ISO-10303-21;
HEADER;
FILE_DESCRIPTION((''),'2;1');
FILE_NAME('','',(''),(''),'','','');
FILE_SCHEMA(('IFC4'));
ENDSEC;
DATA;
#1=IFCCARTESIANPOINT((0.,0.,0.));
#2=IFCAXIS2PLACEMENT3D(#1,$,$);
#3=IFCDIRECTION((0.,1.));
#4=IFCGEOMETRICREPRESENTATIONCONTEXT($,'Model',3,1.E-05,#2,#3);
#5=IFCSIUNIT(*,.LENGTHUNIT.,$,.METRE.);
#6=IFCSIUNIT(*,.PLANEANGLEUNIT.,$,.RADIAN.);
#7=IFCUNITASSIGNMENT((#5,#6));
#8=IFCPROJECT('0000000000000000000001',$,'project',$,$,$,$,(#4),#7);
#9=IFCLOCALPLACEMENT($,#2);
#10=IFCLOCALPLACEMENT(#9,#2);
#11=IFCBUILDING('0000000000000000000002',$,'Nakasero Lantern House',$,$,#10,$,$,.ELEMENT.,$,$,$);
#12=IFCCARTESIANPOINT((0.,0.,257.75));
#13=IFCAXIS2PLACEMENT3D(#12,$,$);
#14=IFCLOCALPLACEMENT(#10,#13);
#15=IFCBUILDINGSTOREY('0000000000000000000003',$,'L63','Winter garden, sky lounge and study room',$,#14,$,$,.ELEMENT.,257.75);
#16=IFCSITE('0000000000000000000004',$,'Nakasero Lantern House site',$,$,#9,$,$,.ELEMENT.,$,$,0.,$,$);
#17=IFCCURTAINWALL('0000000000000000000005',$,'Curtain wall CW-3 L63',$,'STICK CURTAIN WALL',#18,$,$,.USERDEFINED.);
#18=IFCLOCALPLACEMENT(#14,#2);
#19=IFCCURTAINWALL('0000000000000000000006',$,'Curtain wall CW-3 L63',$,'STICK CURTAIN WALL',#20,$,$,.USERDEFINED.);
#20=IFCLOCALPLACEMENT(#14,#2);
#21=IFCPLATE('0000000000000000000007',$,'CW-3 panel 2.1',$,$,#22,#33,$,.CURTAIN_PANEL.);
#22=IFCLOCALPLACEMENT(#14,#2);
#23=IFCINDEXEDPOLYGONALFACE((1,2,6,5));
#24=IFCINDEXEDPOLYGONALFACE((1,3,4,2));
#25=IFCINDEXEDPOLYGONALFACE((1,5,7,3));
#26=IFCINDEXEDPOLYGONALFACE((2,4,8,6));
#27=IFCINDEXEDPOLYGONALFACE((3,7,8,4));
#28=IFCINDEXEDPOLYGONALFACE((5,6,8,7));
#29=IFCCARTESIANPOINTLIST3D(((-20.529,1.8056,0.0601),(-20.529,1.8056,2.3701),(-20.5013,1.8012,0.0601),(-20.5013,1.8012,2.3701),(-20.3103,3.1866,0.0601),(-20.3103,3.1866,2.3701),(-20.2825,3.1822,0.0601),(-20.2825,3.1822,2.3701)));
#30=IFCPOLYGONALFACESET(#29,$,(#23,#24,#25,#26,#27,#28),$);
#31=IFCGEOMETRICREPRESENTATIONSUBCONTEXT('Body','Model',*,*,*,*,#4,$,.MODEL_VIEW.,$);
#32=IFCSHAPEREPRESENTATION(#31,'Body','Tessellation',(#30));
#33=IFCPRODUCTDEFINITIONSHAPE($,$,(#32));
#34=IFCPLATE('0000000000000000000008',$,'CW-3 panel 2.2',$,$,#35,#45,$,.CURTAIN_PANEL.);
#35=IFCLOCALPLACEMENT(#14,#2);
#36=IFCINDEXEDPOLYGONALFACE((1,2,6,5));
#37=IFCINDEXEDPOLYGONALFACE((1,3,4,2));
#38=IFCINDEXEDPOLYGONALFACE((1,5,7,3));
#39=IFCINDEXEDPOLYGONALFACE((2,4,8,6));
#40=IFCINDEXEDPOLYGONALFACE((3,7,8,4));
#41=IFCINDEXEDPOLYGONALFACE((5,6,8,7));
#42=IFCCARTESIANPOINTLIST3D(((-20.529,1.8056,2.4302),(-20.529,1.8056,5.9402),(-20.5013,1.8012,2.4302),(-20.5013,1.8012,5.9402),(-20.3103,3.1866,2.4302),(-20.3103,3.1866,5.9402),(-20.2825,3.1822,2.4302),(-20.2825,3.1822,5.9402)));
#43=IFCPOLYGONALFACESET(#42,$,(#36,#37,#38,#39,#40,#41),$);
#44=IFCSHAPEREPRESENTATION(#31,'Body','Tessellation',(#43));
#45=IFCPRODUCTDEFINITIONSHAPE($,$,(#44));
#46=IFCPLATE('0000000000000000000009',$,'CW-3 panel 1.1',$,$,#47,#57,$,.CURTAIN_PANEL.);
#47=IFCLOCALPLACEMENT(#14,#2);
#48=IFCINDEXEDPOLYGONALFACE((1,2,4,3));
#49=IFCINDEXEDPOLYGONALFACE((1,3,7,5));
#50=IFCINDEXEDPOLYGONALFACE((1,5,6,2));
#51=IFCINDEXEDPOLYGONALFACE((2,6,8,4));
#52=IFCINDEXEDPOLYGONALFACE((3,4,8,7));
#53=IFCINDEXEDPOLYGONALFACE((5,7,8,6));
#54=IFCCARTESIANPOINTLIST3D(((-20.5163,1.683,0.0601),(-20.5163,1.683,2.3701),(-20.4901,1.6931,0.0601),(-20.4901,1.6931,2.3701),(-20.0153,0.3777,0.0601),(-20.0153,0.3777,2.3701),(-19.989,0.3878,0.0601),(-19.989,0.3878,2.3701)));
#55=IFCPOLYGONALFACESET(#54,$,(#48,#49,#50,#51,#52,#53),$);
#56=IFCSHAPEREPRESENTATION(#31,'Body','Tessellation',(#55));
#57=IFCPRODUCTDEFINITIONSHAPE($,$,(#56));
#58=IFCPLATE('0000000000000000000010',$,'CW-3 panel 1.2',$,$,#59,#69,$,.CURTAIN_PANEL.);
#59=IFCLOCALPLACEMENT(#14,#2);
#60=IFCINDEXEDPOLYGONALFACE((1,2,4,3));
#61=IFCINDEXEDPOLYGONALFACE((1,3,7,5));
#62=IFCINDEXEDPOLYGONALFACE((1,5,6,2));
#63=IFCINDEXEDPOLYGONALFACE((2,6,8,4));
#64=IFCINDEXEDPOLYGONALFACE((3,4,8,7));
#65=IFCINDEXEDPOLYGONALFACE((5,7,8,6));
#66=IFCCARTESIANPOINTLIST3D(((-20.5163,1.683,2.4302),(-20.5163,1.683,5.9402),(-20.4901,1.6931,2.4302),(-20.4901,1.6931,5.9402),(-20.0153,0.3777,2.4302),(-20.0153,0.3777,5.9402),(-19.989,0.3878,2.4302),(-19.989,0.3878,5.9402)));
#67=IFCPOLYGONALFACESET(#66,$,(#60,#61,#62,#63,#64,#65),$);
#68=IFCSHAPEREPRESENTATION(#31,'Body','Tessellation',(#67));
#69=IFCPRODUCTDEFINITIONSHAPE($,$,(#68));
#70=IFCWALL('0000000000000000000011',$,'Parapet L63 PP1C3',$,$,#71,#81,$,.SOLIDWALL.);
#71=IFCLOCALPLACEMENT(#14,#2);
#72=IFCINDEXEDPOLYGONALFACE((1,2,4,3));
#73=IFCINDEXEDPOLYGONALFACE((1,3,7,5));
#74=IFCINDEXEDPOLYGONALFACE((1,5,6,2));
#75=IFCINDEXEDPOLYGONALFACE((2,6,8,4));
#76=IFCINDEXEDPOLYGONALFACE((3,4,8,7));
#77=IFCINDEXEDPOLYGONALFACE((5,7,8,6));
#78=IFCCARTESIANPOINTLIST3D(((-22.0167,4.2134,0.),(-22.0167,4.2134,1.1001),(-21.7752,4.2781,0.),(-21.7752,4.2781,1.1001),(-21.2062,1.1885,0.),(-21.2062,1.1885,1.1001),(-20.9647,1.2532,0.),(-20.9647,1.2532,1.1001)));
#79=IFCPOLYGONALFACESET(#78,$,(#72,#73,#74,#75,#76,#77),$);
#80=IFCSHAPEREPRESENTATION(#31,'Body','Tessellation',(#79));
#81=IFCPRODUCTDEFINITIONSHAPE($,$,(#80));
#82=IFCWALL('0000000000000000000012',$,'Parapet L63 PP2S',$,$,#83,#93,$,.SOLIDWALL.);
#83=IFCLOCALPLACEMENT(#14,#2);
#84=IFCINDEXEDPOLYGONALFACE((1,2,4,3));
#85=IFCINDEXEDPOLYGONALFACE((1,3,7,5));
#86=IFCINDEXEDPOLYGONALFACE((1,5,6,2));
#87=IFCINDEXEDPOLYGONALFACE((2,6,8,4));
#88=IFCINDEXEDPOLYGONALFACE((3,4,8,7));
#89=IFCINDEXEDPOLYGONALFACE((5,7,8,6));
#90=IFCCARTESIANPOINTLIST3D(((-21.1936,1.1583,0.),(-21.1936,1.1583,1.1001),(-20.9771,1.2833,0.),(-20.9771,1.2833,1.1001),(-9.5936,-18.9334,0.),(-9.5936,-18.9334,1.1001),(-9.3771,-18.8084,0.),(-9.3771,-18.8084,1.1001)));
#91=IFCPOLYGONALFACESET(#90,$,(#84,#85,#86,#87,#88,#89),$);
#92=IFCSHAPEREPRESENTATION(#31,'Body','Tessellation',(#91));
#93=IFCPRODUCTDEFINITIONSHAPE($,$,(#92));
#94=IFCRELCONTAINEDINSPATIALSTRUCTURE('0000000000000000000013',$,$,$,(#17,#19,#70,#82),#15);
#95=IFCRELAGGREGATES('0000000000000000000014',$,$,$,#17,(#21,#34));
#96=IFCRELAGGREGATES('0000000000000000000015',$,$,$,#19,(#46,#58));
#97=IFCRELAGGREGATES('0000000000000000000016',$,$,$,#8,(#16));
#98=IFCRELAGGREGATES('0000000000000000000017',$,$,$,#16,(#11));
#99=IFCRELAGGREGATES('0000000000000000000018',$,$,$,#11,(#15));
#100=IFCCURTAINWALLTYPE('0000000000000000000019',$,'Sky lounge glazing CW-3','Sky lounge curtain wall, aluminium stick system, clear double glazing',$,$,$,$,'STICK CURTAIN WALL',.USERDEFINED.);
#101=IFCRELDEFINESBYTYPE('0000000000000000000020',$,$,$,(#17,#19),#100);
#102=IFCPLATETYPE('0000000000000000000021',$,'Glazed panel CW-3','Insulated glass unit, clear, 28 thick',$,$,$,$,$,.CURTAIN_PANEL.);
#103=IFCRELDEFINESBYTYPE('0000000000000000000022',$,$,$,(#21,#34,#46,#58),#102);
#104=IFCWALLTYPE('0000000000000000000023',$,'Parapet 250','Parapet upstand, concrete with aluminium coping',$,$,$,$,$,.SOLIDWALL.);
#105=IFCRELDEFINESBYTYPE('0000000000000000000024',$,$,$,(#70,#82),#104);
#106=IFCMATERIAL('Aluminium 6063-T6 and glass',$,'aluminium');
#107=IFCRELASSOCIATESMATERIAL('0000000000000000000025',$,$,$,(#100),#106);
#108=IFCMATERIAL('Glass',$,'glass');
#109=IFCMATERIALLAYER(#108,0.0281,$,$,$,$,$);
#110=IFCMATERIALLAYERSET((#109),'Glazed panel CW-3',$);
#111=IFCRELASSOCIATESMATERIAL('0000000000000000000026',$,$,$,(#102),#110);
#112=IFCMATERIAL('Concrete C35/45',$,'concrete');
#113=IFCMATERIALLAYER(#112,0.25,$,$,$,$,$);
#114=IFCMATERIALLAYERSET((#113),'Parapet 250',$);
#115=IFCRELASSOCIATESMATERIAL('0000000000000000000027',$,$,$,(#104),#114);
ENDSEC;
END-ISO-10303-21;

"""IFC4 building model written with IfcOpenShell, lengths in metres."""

from ifc_helpers import new_model, si_unit, direction, frame, frame_2d, origin, origin_2d, place, context, subcontext, project, spatial, rectangle, extrude, material, layer, layer_set, type_object, element, aggregate, save


model = new_model("IFC4")

# Units and contexts
model_context = context("Model", 3, precision=1e-05, world=origin(), true_north=direction((0.0, 1.0)))
body_context = subcontext(model_context, "Body", "Model", "MODEL_VIEW")
ifc_project = project(units=[si_unit("LENGTHUNIT", "METRE"), si_unit("PLANEANGLEUNIT", "RADIAN")], contexts=[model_context])

# Site, building, storey
site_placement = place(None, origin())
site = spatial("IfcSite", under=ifc_project, at=site_placement, Name="Nakasero Lantern House site", CompositionType="ELEMENT", RefElevation=0.0)
building_placement = place(site_placement, origin())
building = spatial("IfcBuilding", under=site, at=building_placement, Name="Nakasero Lantern House", CompositionType="ELEMENT")
storey_placement = place(building_placement, frame((0.0, 0.0, 257.75)))
storey = spatial("IfcBuildingStorey", under=building, at=storey_placement, Name="L63", Description="Winter garden, sky lounge and study room", CompositionType="ELEMENT", Elevation=257.75)

# Curtain wall
ifc_material_1 = material(Name="Aluminium 6063-T6 and glass", Category="aluminium")
curtain_wall_type = type_object("IfcCurtainWallType", Name="Sky lounge glazing CW-3", Description="Sky lounge curtain wall, aluminium stick system, clear double glazing", ElementType="STICK CURTAIN WALL", PredefinedType="USERDEFINED", material=ifc_material_1)
curtain_wall_1_placement = place(storey_placement, origin())
curtain_wall_1 = element("IfcCurtainWall", 1, at=curtain_wall_1_placement, inside=storey, type_object=curtain_wall_type, Name="Curtain wall CW-3 L63", ObjectType="STICK CURTAIN WALL", PredefinedType="USERDEFINED")

# Curtain wall
curtain_wall_2_placement = place(storey_placement, origin())
curtain_wall_2 = element("IfcCurtainWall", 2, at=curtain_wall_2_placement, inside=storey, type_object=curtain_wall_type, Name="Curtain wall CW-3 L63", ObjectType="STICK CURTAIN WALL", PredefinedType="USERDEFINED")

# Plates
ifc_material_2 = material(Name="Glass", Category="glass")
ifc_layer_1 = layer(ifc_material_2, 0.0281)
ifc_layer_set_1 = layer_set([ifc_layer_1], Name="Glazed panel CW-3")
plate_type = type_object("IfcPlateType", Name="Glazed panel CW-3", Description="Insulated glass unit, clear, 28 thick", PredefinedType="CURTAIN_PANEL", material=ifc_layer_set_1)
plate_1_placement = place(storey_placement, frame((-20.4058, 2.4939, 0.0601), z_axis=(0.0, 0.0, 1.0), x_axis=(-0.156434, -0.987688, 0.0)))
plate_1 = element("IfcPlate", 3, at=plate_1_placement, type_object=plate_type, Name="CW-3 panel 2.1", PredefinedType="CURTAIN_PANEL", context=body_context, shape_type="SweptSolid", body=[
    extrude(rectangle(XDim=1.3982, YDim=0.0281, at=origin_2d()), origin(), (0.0, 0.0, 1.0), 2.3101),
])
plate_2_placement = place(storey_placement, frame((-20.4058, 2.4939, 2.4302), z_axis=(0.0, 0.0, 1.0), x_axis=(-0.156434, -0.987688, 0.0)))
plate_2 = element("IfcPlate", 4, at=plate_2_placement, type_object=plate_type, Name="CW-3 panel 2.2", PredefinedType="CURTAIN_PANEL", context=body_context, shape_type="SweptSolid", body=[
    extrude(rectangle(XDim=1.3982, YDim=0.0281, at=origin_2d()), origin(), (0.0, 0.0, 1.0), 3.51),
])
aggregate(curtain_wall_1, [plate_1, plate_2])
plate_3_placement = place(storey_placement, frame((-20.2527, 1.0354, 0.0601), z_axis=(0.0, 0.0, 1.0), x_axis=(0.358368, -0.93358, 0.0)))
plate_3 = element("IfcPlate", 5, at=plate_3_placement, type_object=plate_type, Name="CW-3 panel 1.1", PredefinedType="CURTAIN_PANEL", context=body_context, shape_type="SweptSolid", body=[
    extrude(rectangle(XDim=1.3982, YDim=0.0281, at=origin_2d()), origin(), (0.0, 0.0, 1.0), 2.3101),
])
plate_4_placement = place(storey_placement, frame((-20.2527, 1.0354, 2.4302), z_axis=(0.0, 0.0, 1.0), x_axis=(0.358368, -0.93358, 0.0)))
plate_4 = element("IfcPlate", 6, at=plate_4_placement, type_object=plate_type, Name="CW-3 panel 1.2", PredefinedType="CURTAIN_PANEL", context=body_context, shape_type="SweptSolid", body=[
    extrude(rectangle(XDim=1.3982, YDim=0.0281, at=origin_2d()), origin(), (0.0, 0.0, 1.0), 3.51),
])
aggregate(curtain_wall_2, [plate_3, plate_4])

# Walls
ifc_material_3 = material(Name="Concrete C35/45", Category="concrete")
ifc_layer_2 = layer(ifc_material_3, 0.25)
ifc_layer_set_2 = layer_set([ifc_layer_2], Name="Parapet 250")
wall_type = type_object("IfcWallType", Name="Parapet 250", Description="Parapet upstand, concrete with aluminium coping", PredefinedType="SOLIDWALL", material=ifc_layer_set_2)
wall_1_placement = place(storey_placement, frame((-21.896, 4.2458, 0.0), z_axis=(0.0, 0.0, 1.0), x_axis=(0.258827, -0.965924, 0.0)))
element("IfcWall", 7, at=wall_1_placement, inside=storey, type_object=wall_type, Name="Parapet L63 PP1C3", PredefinedType="SOLIDWALL", context=body_context, shape_type="SweptSolid", body=[
    extrude(rectangle(XDim=3.1316, YDim=0.25, at=frame_2d((1.5659, 0.0))), origin(), (0.0, 0.0, 1.0), 1.1001),
])
wall_2_placement = place(storey_placement, frame((-21.0854, 1.2209, 0.0), z_axis=(0.0, 0.0, 1.0), x_axis=(0.500003, -0.866024, 0.0)))
element("IfcWall", 8, at=wall_2_placement, inside=storey, type_object=wall_type, Name="Parapet L63 PP2S", PredefinedType="SOLIDWALL", context=body_context, shape_type="SweptSolid", body=[
    extrude(rectangle(XDim=23.2, YDim=0.25, at=frame_2d((11.6001, 0.0))), origin(), (0.0, 0.0, 1.0), 1.1001),
])

save(model, "model.ifc")
